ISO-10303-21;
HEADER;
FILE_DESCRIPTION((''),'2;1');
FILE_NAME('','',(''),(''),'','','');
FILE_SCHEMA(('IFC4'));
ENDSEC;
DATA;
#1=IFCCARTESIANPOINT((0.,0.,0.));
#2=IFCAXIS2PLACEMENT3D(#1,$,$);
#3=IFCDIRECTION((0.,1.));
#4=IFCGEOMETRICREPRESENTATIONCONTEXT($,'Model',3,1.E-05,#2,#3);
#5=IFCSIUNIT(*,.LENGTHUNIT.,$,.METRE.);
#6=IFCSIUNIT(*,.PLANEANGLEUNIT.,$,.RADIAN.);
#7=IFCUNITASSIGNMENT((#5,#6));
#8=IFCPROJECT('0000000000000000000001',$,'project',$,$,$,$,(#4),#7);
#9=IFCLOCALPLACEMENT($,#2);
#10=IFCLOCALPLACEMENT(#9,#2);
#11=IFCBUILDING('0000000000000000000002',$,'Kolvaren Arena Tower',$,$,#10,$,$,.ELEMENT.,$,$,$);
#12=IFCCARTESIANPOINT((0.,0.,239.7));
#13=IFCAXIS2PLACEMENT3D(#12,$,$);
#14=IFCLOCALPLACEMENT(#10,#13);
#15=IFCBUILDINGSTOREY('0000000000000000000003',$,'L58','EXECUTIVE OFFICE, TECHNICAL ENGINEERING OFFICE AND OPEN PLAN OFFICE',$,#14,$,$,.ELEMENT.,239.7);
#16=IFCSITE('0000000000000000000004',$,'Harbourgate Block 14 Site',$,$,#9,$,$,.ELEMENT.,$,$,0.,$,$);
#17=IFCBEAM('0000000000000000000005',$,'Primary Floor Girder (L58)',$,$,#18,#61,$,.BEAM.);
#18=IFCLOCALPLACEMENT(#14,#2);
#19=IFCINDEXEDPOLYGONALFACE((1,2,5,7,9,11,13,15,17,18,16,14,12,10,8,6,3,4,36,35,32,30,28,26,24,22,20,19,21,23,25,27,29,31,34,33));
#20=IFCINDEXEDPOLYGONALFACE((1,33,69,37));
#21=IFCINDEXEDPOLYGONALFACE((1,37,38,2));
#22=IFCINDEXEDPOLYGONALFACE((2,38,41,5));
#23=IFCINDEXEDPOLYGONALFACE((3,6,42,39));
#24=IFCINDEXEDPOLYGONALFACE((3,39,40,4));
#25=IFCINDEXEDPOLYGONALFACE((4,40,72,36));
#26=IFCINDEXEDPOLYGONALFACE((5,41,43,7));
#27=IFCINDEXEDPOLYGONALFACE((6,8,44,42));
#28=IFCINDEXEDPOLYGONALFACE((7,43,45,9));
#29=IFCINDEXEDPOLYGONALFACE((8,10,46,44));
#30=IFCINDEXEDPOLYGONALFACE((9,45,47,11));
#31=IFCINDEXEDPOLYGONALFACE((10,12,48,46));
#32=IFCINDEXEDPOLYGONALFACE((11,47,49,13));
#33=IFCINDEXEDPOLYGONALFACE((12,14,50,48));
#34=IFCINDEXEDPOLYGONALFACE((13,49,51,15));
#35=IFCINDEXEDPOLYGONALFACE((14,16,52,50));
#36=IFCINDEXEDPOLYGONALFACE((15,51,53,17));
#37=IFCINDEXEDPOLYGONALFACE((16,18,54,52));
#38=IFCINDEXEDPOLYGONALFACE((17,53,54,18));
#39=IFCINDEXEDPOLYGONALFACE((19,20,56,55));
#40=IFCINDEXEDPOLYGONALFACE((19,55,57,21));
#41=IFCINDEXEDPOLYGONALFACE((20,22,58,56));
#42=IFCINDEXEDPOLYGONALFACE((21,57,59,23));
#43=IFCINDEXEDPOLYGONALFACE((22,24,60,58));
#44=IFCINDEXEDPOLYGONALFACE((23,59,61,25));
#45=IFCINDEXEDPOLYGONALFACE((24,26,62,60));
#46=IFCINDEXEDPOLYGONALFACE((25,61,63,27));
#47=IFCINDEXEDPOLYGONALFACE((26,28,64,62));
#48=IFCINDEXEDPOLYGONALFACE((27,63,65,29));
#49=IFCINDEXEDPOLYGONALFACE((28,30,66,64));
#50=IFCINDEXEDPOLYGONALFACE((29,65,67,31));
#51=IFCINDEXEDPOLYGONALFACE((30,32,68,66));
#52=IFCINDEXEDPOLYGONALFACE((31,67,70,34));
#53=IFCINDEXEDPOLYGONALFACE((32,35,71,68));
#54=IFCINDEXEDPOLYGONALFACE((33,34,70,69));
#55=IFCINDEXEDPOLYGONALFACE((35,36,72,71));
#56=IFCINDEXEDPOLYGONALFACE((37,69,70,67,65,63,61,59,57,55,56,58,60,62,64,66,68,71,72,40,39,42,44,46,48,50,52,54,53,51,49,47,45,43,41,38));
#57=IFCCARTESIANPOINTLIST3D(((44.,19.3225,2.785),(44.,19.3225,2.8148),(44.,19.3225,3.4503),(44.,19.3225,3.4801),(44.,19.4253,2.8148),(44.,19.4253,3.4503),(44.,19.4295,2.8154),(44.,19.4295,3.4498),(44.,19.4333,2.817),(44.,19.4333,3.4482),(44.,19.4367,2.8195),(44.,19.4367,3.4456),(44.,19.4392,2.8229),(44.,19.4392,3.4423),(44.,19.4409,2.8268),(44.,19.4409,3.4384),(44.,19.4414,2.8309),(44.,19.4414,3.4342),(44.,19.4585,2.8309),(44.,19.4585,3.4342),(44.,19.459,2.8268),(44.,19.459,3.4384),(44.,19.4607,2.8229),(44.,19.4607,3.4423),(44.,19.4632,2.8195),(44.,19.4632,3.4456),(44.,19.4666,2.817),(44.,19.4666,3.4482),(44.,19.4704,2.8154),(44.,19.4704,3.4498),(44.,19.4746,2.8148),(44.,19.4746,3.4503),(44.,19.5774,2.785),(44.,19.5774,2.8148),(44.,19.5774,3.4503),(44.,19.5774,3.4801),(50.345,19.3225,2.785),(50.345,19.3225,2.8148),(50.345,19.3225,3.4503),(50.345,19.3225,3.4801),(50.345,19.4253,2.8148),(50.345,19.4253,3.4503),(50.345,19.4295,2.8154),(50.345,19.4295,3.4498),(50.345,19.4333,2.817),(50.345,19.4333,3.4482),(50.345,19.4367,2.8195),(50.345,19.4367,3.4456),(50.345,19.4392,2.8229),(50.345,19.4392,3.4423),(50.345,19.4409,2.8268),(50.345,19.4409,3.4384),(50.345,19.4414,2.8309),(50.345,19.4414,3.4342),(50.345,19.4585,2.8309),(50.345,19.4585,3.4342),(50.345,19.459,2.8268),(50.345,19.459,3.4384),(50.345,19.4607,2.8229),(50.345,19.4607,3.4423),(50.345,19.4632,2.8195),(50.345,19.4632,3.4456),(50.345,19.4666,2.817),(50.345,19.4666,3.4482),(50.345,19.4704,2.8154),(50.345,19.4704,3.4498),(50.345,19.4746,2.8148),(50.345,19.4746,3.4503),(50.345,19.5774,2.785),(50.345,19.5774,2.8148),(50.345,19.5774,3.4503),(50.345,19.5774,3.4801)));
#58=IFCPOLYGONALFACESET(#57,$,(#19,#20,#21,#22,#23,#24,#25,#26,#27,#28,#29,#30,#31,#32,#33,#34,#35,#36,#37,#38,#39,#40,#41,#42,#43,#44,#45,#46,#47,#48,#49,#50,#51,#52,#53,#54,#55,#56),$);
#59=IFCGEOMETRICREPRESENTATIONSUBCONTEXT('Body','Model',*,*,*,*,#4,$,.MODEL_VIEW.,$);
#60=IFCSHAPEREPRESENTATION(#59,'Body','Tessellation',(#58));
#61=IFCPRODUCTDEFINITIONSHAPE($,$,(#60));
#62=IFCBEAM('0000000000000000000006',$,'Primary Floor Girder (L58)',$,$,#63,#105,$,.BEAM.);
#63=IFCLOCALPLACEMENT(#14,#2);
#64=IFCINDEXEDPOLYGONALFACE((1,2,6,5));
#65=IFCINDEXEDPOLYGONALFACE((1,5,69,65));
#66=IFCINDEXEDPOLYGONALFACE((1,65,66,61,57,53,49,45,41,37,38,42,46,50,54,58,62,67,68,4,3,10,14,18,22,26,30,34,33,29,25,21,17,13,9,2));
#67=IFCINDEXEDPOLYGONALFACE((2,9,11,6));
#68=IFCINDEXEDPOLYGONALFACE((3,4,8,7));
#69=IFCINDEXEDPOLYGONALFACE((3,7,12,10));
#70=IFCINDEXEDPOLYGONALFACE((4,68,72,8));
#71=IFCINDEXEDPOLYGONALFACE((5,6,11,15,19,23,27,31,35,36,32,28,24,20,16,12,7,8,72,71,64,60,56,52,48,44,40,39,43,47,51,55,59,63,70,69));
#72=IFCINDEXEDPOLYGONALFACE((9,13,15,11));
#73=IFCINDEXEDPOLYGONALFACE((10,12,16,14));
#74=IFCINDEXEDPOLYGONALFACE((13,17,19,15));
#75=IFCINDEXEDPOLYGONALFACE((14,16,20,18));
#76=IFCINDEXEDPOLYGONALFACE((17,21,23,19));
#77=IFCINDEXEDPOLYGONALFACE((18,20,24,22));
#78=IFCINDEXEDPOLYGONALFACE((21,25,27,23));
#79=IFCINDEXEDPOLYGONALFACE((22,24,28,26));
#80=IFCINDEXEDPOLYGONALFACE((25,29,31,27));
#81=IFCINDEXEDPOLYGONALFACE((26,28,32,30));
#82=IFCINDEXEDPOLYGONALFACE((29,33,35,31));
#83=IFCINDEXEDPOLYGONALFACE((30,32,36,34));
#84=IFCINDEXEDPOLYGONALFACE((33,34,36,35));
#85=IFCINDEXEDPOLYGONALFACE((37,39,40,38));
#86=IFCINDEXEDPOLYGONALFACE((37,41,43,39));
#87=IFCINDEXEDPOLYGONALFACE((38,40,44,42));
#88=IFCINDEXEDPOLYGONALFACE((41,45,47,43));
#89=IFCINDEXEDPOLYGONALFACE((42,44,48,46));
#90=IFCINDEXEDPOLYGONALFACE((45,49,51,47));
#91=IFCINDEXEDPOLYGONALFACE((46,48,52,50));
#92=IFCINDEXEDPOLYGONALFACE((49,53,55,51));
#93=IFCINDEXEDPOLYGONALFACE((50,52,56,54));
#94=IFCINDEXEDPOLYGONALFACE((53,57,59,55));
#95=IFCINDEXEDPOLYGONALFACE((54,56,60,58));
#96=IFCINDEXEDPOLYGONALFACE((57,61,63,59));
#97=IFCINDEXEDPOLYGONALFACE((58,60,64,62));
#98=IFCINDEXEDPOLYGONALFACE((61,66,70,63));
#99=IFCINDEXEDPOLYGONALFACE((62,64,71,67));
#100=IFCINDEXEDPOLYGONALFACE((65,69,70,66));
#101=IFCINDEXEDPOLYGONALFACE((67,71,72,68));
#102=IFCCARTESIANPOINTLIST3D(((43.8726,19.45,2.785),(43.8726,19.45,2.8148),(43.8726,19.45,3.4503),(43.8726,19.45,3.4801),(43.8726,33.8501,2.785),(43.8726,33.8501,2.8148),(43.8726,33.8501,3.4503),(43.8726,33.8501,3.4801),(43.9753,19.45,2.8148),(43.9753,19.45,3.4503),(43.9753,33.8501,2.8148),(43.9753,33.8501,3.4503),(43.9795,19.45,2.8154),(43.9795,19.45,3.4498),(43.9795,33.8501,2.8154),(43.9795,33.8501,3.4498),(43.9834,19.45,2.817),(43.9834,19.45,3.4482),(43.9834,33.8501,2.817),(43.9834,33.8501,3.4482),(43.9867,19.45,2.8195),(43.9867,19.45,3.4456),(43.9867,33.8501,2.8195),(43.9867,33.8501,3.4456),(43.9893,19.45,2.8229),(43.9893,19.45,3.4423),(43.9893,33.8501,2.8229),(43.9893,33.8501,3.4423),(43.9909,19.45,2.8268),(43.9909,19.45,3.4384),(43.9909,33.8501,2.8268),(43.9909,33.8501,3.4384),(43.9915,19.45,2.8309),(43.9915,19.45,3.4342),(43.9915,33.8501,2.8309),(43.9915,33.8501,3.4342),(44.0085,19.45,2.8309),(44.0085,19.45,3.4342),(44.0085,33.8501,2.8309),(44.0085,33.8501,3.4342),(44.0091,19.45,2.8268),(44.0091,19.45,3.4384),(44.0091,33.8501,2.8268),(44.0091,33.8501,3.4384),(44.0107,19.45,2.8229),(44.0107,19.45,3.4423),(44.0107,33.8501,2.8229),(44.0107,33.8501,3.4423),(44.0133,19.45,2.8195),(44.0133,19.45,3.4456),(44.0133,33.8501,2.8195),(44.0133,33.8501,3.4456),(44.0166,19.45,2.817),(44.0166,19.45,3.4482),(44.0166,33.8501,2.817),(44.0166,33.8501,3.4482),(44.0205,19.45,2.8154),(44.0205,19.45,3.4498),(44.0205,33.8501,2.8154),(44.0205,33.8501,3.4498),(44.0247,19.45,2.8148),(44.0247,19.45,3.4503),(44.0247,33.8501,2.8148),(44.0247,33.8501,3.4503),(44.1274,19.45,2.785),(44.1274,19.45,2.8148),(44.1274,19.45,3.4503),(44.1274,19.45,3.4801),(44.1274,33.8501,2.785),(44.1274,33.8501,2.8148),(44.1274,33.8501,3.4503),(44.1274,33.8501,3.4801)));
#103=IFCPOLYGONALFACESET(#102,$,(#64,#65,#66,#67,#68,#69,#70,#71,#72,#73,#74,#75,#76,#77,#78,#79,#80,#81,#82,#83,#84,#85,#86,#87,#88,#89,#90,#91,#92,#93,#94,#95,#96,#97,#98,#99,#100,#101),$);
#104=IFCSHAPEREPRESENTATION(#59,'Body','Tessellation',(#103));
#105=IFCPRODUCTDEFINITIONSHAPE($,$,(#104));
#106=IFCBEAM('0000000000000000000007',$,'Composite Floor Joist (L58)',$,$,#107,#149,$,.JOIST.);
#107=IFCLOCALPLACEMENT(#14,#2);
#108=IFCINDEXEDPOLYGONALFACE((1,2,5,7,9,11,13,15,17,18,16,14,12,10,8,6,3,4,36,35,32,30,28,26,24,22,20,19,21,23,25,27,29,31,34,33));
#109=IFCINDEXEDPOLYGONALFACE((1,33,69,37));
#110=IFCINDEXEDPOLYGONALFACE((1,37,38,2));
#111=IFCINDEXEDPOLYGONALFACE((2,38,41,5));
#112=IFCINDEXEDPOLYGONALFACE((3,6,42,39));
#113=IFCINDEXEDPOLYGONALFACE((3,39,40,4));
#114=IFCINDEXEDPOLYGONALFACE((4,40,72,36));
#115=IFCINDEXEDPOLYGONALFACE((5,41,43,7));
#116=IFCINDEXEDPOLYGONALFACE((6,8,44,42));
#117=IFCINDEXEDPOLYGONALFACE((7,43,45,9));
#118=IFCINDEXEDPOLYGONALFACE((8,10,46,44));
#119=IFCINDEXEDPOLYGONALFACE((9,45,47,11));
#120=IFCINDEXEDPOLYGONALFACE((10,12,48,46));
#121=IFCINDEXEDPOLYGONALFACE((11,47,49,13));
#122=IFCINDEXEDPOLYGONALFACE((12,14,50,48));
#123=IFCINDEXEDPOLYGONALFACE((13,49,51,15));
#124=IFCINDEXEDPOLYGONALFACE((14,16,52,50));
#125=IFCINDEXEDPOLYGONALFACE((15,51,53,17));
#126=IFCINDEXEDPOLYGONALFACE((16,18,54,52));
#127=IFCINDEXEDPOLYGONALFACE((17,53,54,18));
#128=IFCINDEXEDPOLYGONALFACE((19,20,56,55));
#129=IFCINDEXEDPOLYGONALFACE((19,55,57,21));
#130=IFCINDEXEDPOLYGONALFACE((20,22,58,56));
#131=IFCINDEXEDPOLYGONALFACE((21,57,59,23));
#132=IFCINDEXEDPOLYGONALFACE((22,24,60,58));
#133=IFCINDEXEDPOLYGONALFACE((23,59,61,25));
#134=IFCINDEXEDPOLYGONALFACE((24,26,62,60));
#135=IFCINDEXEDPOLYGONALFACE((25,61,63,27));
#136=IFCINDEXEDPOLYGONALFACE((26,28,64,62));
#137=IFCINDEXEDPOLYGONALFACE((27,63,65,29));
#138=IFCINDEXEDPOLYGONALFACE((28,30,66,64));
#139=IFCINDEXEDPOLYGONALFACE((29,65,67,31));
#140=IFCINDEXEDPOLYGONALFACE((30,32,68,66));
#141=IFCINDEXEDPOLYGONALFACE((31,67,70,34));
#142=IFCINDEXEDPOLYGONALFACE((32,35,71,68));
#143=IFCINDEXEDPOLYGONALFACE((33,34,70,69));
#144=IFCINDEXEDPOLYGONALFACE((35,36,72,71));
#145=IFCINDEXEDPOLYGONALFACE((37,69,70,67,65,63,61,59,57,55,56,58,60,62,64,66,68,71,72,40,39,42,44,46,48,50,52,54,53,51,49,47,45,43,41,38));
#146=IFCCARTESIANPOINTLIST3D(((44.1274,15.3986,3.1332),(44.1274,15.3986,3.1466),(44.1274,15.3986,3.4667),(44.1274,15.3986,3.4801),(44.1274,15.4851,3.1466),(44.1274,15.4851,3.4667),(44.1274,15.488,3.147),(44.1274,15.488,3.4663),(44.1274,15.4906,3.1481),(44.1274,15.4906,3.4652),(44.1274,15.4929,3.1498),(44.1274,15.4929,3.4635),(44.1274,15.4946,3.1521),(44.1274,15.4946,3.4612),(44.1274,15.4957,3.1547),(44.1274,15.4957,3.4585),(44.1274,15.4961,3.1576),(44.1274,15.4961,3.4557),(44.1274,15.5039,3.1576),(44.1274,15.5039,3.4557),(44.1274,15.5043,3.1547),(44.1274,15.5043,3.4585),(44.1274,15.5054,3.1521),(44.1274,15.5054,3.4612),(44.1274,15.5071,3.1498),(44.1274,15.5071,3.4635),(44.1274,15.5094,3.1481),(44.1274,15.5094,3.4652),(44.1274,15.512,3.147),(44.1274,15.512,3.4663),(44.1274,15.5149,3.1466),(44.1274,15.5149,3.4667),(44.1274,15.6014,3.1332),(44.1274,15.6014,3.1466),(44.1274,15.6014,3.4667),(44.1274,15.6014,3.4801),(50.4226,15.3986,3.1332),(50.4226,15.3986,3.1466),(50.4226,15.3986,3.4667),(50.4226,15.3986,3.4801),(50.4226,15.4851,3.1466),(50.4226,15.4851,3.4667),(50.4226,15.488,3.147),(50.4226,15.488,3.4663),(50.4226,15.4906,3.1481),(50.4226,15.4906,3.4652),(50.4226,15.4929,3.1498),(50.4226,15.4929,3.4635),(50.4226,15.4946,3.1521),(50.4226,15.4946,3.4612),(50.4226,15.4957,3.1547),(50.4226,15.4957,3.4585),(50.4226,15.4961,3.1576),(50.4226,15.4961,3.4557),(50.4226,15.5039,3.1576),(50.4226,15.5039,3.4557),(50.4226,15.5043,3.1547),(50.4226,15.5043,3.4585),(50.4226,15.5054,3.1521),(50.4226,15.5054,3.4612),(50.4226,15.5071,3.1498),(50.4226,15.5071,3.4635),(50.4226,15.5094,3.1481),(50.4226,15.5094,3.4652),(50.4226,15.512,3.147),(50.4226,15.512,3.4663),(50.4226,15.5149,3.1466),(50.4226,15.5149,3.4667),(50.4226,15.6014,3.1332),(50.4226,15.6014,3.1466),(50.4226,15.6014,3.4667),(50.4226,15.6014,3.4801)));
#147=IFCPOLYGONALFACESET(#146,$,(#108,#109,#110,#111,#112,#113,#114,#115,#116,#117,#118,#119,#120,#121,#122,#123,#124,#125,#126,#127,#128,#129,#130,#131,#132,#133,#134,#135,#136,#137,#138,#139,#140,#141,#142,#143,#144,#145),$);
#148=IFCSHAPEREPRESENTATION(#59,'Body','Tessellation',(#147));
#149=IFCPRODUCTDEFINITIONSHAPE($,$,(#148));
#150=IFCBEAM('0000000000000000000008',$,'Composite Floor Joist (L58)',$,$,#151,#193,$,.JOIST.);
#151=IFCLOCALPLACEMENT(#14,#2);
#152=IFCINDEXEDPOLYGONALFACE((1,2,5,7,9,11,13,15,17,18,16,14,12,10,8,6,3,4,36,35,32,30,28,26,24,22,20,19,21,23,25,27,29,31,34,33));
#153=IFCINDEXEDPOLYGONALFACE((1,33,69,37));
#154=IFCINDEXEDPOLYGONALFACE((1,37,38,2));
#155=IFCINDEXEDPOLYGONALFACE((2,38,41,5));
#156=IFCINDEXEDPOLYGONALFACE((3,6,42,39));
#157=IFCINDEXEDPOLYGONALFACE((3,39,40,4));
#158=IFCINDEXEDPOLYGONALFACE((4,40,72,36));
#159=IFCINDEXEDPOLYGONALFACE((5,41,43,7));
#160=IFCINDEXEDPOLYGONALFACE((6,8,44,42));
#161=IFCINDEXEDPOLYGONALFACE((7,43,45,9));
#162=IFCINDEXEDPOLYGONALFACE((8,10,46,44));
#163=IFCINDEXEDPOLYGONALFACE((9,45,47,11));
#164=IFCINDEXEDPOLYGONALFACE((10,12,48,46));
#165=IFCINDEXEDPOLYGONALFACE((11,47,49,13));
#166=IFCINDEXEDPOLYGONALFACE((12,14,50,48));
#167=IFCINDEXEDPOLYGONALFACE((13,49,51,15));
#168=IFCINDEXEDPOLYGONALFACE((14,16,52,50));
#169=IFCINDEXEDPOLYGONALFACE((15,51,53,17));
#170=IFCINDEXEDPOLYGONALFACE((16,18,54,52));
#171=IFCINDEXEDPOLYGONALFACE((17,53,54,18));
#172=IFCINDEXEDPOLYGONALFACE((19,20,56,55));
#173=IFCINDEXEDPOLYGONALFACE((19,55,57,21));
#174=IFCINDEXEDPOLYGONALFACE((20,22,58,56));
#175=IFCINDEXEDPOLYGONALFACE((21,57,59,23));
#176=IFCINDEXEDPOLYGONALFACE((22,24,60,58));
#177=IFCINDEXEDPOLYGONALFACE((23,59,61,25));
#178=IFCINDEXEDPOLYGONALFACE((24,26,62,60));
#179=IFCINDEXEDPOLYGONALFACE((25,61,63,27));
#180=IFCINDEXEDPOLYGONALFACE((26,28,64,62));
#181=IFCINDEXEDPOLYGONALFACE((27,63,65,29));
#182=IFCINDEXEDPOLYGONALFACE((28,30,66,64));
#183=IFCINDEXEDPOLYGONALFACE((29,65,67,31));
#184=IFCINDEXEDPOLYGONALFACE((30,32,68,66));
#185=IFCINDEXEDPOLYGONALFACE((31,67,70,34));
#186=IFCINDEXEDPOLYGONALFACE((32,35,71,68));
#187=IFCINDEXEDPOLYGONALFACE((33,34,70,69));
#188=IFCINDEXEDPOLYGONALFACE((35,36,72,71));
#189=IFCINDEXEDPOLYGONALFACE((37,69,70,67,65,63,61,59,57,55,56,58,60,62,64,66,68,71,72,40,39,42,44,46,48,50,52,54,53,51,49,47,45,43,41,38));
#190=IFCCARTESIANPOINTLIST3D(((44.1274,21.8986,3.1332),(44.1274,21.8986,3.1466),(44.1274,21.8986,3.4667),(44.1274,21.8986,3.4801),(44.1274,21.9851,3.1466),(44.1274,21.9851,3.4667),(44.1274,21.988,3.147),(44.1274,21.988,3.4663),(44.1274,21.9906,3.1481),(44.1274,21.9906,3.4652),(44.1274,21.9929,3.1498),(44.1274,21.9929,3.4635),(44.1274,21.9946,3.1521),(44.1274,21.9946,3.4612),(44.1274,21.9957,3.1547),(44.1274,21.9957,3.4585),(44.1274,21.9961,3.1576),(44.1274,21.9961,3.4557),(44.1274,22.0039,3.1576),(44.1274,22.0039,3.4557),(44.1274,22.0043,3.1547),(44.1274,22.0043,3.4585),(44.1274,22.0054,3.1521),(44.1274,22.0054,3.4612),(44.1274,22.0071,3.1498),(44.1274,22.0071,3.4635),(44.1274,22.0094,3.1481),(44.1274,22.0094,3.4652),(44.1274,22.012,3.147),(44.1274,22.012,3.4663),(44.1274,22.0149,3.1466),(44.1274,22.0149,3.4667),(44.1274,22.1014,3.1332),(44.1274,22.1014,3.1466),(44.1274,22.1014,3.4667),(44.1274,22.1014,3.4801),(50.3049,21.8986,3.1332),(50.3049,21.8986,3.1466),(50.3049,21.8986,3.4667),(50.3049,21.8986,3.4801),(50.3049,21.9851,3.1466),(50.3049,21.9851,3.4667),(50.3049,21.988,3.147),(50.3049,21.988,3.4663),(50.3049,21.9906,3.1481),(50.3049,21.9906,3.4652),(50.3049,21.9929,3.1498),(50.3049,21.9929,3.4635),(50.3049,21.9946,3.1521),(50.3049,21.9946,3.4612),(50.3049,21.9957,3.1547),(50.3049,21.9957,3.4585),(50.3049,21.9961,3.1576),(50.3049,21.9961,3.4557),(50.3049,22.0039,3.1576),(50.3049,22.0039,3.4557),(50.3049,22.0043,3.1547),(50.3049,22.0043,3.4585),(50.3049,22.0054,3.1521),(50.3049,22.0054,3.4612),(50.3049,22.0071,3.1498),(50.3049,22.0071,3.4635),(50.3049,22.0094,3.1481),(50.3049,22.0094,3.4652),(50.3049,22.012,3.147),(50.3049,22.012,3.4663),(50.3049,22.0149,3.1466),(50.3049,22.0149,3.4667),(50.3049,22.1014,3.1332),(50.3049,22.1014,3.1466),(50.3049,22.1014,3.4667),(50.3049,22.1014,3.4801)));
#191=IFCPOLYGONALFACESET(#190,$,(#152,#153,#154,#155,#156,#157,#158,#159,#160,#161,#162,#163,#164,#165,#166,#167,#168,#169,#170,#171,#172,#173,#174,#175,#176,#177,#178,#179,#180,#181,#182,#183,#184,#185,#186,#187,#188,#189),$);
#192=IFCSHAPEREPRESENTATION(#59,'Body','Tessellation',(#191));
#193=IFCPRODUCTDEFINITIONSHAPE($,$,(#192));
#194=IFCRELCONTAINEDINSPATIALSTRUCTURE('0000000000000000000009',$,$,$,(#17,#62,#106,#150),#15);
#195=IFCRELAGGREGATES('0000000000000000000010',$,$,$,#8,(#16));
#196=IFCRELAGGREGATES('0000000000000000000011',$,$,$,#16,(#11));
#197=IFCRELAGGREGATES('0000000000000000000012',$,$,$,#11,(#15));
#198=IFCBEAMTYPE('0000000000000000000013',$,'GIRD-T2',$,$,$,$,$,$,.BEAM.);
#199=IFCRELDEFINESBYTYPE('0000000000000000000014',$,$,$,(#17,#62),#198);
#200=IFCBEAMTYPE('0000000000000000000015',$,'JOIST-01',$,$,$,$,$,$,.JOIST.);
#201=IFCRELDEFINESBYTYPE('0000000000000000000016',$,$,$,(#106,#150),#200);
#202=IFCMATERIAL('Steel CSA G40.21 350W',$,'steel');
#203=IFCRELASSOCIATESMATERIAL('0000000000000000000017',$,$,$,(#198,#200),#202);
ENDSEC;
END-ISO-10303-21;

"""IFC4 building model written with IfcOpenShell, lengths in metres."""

from ifc_helpers import new_model, si_unit, direction, frame, origin, origin_2d, place, context, subcontext, project, spatial, i_section, extrude, material, material_profile, profile_set, type_object, element, save


model = new_model("IFC4")

# Units and contexts
model_context = context("Model", 3, precision=1e-05, world=origin(), true_north=direction((0.0, 1.0)))
body_context = subcontext(model_context, "Body", "Model", "MODEL_VIEW")
ifc_project = project(units=[si_unit("LENGTHUNIT", "METRE"), si_unit("PLANEANGLEUNIT", "RADIAN")], contexts=[model_context])

# Site, building, storey
site_placement = place(None, origin())
site = spatial("IfcSite", under=ifc_project, at=site_placement, Name="Harbourgate Block 14 Site", CompositionType="ELEMENT", RefElevation=0.0)
building_placement = place(site_placement, origin())
building = spatial("IfcBuilding", under=site, at=building_placement, Name="Kolvaren Arena Tower", CompositionType="ELEMENT")
storey_placement = place(building_placement, frame((0.0, 0.0, 239.7)))
storey = spatial("IfcBuildingStorey", under=building, at=storey_placement, Name="L58", Description="EXECUTIVE OFFICE, TECHNICAL ENGINEERING OFFICE AND OPEN PLAN OFFICE", CompositionType="ELEMENT", Elevation=239.7)

# Beams
ifc_material_1 = material(Name="Steel CSA G40.21 350W", Category="steel")
ifc_material_profile_1 = material_profile(ifc_material_1, i_section(OverallWidth=0.2549, OverallDepth=0.6951, WebThickness=0.0171, FlangeThickness=0.0298, FilletRadius=0.0161, at=origin_2d()), Name="W690x217")
ifc_profile_set_1 = profile_set([ifc_material_profile_1], Name="Steel CSA G40.21 350W")
beam_type_1 = type_object("IfcBeamType", Name="GIRD-T2", PredefinedType="BEAM", material=ifc_profile_set_1)
beam_1_placement = place(storey_placement, frame((44.0, 19.45, 3.1326), z_axis=(1.0, 0.0, 0.0), x_axis=(0.0, 1.0, 0.0)))
element("IfcBeam", 1, at=beam_1_placement, inside=storey, type_object=beam_type_1, Name="Primary Floor Girder (L58)", PredefinedType="BEAM", context=body_context, shape_type="SweptSolid", body=[
    extrude(i_section(OverallWidth=0.2549, OverallDepth=0.6951, WebThickness=0.0171, FlangeThickness=0.0298, FilletRadius=0.0161, at=origin_2d()), origin(), (0.0, 0.0, 1.0), 6.345),
])
beam_2_placement = place(storey_placement, frame((44.0, 19.45, 3.1326), z_axis=(0.0, 1.0, 0.0), x_axis=(-1.0, 0.0, 0.0)))
element("IfcBeam", 2, at=beam_2_placement, inside=storey, type_object=beam_type_1, Name="Primary Floor Girder (L58)", PredefinedType="BEAM", context=body_context, shape_type="SweptSolid", body=[
    extrude(i_section(OverallWidth=0.2549, OverallDepth=0.6951, WebThickness=0.0171, FlangeThickness=0.0298, FilletRadius=0.0161, at=origin_2d()), origin(), (0.0, 0.0, 1.0), 14.4001),
])
ifc_material_profile_2 = material_profile(ifc_material_1, i_section(OverallWidth=0.2029, OverallDepth=0.3469, WebThickness=0.0078, FlangeThickness=0.0134, FilletRadius=0.011, at=origin_2d()), Name="W360x64")
ifc_profile_set_2 = profile_set([ifc_material_profile_2], Name="Steel CSA G40.21 350W")
beam_type_2 = type_object("IfcBeamType", Name="JOIST-01", PredefinedType="JOIST", material=ifc_profile_set_2)
beam_3_placement = place(storey_placement, frame((44.1274, 15.5, 3.3066), z_axis=(1.0, 0.0, 0.0), x_axis=(0.0, 1.0, 0.0)))
element("IfcBeam", 3, at=beam_3_placement, inside=storey, type_object=beam_type_2, Name="Composite Floor Joist (L58)", PredefinedType="JOIST", context=body_context, shape_type="SweptSolid", body=[
    extrude(i_section(OverallWidth=0.2029, OverallDepth=0.3469, WebThickness=0.0078, FlangeThickness=0.0134, FilletRadius=0.011, at=origin_2d()), origin(), (0.0, 0.0, 1.0), 6.2952),
])
beam_4_placement = place(storey_placement, frame((44.1274, 22.0, 3.3066), z_axis=(1.0, 0.0, 0.0), x_axis=(0.0, 1.0, 0.0)))
element("IfcBeam", 4, at=beam_4_placement, inside=storey, type_object=beam_type_2, Name="Composite Floor Joist (L58)", PredefinedType="JOIST", context=body_context, shape_type="SweptSolid", body=[
    extrude(i_section(OverallWidth=0.2029, OverallDepth=0.3469, WebThickness=0.0078, FlangeThickness=0.0134, FilletRadius=0.011, at=origin_2d()), origin(), (0.0, 0.0, 1.0), 6.1775),
])

save(model, "model.ifc")
